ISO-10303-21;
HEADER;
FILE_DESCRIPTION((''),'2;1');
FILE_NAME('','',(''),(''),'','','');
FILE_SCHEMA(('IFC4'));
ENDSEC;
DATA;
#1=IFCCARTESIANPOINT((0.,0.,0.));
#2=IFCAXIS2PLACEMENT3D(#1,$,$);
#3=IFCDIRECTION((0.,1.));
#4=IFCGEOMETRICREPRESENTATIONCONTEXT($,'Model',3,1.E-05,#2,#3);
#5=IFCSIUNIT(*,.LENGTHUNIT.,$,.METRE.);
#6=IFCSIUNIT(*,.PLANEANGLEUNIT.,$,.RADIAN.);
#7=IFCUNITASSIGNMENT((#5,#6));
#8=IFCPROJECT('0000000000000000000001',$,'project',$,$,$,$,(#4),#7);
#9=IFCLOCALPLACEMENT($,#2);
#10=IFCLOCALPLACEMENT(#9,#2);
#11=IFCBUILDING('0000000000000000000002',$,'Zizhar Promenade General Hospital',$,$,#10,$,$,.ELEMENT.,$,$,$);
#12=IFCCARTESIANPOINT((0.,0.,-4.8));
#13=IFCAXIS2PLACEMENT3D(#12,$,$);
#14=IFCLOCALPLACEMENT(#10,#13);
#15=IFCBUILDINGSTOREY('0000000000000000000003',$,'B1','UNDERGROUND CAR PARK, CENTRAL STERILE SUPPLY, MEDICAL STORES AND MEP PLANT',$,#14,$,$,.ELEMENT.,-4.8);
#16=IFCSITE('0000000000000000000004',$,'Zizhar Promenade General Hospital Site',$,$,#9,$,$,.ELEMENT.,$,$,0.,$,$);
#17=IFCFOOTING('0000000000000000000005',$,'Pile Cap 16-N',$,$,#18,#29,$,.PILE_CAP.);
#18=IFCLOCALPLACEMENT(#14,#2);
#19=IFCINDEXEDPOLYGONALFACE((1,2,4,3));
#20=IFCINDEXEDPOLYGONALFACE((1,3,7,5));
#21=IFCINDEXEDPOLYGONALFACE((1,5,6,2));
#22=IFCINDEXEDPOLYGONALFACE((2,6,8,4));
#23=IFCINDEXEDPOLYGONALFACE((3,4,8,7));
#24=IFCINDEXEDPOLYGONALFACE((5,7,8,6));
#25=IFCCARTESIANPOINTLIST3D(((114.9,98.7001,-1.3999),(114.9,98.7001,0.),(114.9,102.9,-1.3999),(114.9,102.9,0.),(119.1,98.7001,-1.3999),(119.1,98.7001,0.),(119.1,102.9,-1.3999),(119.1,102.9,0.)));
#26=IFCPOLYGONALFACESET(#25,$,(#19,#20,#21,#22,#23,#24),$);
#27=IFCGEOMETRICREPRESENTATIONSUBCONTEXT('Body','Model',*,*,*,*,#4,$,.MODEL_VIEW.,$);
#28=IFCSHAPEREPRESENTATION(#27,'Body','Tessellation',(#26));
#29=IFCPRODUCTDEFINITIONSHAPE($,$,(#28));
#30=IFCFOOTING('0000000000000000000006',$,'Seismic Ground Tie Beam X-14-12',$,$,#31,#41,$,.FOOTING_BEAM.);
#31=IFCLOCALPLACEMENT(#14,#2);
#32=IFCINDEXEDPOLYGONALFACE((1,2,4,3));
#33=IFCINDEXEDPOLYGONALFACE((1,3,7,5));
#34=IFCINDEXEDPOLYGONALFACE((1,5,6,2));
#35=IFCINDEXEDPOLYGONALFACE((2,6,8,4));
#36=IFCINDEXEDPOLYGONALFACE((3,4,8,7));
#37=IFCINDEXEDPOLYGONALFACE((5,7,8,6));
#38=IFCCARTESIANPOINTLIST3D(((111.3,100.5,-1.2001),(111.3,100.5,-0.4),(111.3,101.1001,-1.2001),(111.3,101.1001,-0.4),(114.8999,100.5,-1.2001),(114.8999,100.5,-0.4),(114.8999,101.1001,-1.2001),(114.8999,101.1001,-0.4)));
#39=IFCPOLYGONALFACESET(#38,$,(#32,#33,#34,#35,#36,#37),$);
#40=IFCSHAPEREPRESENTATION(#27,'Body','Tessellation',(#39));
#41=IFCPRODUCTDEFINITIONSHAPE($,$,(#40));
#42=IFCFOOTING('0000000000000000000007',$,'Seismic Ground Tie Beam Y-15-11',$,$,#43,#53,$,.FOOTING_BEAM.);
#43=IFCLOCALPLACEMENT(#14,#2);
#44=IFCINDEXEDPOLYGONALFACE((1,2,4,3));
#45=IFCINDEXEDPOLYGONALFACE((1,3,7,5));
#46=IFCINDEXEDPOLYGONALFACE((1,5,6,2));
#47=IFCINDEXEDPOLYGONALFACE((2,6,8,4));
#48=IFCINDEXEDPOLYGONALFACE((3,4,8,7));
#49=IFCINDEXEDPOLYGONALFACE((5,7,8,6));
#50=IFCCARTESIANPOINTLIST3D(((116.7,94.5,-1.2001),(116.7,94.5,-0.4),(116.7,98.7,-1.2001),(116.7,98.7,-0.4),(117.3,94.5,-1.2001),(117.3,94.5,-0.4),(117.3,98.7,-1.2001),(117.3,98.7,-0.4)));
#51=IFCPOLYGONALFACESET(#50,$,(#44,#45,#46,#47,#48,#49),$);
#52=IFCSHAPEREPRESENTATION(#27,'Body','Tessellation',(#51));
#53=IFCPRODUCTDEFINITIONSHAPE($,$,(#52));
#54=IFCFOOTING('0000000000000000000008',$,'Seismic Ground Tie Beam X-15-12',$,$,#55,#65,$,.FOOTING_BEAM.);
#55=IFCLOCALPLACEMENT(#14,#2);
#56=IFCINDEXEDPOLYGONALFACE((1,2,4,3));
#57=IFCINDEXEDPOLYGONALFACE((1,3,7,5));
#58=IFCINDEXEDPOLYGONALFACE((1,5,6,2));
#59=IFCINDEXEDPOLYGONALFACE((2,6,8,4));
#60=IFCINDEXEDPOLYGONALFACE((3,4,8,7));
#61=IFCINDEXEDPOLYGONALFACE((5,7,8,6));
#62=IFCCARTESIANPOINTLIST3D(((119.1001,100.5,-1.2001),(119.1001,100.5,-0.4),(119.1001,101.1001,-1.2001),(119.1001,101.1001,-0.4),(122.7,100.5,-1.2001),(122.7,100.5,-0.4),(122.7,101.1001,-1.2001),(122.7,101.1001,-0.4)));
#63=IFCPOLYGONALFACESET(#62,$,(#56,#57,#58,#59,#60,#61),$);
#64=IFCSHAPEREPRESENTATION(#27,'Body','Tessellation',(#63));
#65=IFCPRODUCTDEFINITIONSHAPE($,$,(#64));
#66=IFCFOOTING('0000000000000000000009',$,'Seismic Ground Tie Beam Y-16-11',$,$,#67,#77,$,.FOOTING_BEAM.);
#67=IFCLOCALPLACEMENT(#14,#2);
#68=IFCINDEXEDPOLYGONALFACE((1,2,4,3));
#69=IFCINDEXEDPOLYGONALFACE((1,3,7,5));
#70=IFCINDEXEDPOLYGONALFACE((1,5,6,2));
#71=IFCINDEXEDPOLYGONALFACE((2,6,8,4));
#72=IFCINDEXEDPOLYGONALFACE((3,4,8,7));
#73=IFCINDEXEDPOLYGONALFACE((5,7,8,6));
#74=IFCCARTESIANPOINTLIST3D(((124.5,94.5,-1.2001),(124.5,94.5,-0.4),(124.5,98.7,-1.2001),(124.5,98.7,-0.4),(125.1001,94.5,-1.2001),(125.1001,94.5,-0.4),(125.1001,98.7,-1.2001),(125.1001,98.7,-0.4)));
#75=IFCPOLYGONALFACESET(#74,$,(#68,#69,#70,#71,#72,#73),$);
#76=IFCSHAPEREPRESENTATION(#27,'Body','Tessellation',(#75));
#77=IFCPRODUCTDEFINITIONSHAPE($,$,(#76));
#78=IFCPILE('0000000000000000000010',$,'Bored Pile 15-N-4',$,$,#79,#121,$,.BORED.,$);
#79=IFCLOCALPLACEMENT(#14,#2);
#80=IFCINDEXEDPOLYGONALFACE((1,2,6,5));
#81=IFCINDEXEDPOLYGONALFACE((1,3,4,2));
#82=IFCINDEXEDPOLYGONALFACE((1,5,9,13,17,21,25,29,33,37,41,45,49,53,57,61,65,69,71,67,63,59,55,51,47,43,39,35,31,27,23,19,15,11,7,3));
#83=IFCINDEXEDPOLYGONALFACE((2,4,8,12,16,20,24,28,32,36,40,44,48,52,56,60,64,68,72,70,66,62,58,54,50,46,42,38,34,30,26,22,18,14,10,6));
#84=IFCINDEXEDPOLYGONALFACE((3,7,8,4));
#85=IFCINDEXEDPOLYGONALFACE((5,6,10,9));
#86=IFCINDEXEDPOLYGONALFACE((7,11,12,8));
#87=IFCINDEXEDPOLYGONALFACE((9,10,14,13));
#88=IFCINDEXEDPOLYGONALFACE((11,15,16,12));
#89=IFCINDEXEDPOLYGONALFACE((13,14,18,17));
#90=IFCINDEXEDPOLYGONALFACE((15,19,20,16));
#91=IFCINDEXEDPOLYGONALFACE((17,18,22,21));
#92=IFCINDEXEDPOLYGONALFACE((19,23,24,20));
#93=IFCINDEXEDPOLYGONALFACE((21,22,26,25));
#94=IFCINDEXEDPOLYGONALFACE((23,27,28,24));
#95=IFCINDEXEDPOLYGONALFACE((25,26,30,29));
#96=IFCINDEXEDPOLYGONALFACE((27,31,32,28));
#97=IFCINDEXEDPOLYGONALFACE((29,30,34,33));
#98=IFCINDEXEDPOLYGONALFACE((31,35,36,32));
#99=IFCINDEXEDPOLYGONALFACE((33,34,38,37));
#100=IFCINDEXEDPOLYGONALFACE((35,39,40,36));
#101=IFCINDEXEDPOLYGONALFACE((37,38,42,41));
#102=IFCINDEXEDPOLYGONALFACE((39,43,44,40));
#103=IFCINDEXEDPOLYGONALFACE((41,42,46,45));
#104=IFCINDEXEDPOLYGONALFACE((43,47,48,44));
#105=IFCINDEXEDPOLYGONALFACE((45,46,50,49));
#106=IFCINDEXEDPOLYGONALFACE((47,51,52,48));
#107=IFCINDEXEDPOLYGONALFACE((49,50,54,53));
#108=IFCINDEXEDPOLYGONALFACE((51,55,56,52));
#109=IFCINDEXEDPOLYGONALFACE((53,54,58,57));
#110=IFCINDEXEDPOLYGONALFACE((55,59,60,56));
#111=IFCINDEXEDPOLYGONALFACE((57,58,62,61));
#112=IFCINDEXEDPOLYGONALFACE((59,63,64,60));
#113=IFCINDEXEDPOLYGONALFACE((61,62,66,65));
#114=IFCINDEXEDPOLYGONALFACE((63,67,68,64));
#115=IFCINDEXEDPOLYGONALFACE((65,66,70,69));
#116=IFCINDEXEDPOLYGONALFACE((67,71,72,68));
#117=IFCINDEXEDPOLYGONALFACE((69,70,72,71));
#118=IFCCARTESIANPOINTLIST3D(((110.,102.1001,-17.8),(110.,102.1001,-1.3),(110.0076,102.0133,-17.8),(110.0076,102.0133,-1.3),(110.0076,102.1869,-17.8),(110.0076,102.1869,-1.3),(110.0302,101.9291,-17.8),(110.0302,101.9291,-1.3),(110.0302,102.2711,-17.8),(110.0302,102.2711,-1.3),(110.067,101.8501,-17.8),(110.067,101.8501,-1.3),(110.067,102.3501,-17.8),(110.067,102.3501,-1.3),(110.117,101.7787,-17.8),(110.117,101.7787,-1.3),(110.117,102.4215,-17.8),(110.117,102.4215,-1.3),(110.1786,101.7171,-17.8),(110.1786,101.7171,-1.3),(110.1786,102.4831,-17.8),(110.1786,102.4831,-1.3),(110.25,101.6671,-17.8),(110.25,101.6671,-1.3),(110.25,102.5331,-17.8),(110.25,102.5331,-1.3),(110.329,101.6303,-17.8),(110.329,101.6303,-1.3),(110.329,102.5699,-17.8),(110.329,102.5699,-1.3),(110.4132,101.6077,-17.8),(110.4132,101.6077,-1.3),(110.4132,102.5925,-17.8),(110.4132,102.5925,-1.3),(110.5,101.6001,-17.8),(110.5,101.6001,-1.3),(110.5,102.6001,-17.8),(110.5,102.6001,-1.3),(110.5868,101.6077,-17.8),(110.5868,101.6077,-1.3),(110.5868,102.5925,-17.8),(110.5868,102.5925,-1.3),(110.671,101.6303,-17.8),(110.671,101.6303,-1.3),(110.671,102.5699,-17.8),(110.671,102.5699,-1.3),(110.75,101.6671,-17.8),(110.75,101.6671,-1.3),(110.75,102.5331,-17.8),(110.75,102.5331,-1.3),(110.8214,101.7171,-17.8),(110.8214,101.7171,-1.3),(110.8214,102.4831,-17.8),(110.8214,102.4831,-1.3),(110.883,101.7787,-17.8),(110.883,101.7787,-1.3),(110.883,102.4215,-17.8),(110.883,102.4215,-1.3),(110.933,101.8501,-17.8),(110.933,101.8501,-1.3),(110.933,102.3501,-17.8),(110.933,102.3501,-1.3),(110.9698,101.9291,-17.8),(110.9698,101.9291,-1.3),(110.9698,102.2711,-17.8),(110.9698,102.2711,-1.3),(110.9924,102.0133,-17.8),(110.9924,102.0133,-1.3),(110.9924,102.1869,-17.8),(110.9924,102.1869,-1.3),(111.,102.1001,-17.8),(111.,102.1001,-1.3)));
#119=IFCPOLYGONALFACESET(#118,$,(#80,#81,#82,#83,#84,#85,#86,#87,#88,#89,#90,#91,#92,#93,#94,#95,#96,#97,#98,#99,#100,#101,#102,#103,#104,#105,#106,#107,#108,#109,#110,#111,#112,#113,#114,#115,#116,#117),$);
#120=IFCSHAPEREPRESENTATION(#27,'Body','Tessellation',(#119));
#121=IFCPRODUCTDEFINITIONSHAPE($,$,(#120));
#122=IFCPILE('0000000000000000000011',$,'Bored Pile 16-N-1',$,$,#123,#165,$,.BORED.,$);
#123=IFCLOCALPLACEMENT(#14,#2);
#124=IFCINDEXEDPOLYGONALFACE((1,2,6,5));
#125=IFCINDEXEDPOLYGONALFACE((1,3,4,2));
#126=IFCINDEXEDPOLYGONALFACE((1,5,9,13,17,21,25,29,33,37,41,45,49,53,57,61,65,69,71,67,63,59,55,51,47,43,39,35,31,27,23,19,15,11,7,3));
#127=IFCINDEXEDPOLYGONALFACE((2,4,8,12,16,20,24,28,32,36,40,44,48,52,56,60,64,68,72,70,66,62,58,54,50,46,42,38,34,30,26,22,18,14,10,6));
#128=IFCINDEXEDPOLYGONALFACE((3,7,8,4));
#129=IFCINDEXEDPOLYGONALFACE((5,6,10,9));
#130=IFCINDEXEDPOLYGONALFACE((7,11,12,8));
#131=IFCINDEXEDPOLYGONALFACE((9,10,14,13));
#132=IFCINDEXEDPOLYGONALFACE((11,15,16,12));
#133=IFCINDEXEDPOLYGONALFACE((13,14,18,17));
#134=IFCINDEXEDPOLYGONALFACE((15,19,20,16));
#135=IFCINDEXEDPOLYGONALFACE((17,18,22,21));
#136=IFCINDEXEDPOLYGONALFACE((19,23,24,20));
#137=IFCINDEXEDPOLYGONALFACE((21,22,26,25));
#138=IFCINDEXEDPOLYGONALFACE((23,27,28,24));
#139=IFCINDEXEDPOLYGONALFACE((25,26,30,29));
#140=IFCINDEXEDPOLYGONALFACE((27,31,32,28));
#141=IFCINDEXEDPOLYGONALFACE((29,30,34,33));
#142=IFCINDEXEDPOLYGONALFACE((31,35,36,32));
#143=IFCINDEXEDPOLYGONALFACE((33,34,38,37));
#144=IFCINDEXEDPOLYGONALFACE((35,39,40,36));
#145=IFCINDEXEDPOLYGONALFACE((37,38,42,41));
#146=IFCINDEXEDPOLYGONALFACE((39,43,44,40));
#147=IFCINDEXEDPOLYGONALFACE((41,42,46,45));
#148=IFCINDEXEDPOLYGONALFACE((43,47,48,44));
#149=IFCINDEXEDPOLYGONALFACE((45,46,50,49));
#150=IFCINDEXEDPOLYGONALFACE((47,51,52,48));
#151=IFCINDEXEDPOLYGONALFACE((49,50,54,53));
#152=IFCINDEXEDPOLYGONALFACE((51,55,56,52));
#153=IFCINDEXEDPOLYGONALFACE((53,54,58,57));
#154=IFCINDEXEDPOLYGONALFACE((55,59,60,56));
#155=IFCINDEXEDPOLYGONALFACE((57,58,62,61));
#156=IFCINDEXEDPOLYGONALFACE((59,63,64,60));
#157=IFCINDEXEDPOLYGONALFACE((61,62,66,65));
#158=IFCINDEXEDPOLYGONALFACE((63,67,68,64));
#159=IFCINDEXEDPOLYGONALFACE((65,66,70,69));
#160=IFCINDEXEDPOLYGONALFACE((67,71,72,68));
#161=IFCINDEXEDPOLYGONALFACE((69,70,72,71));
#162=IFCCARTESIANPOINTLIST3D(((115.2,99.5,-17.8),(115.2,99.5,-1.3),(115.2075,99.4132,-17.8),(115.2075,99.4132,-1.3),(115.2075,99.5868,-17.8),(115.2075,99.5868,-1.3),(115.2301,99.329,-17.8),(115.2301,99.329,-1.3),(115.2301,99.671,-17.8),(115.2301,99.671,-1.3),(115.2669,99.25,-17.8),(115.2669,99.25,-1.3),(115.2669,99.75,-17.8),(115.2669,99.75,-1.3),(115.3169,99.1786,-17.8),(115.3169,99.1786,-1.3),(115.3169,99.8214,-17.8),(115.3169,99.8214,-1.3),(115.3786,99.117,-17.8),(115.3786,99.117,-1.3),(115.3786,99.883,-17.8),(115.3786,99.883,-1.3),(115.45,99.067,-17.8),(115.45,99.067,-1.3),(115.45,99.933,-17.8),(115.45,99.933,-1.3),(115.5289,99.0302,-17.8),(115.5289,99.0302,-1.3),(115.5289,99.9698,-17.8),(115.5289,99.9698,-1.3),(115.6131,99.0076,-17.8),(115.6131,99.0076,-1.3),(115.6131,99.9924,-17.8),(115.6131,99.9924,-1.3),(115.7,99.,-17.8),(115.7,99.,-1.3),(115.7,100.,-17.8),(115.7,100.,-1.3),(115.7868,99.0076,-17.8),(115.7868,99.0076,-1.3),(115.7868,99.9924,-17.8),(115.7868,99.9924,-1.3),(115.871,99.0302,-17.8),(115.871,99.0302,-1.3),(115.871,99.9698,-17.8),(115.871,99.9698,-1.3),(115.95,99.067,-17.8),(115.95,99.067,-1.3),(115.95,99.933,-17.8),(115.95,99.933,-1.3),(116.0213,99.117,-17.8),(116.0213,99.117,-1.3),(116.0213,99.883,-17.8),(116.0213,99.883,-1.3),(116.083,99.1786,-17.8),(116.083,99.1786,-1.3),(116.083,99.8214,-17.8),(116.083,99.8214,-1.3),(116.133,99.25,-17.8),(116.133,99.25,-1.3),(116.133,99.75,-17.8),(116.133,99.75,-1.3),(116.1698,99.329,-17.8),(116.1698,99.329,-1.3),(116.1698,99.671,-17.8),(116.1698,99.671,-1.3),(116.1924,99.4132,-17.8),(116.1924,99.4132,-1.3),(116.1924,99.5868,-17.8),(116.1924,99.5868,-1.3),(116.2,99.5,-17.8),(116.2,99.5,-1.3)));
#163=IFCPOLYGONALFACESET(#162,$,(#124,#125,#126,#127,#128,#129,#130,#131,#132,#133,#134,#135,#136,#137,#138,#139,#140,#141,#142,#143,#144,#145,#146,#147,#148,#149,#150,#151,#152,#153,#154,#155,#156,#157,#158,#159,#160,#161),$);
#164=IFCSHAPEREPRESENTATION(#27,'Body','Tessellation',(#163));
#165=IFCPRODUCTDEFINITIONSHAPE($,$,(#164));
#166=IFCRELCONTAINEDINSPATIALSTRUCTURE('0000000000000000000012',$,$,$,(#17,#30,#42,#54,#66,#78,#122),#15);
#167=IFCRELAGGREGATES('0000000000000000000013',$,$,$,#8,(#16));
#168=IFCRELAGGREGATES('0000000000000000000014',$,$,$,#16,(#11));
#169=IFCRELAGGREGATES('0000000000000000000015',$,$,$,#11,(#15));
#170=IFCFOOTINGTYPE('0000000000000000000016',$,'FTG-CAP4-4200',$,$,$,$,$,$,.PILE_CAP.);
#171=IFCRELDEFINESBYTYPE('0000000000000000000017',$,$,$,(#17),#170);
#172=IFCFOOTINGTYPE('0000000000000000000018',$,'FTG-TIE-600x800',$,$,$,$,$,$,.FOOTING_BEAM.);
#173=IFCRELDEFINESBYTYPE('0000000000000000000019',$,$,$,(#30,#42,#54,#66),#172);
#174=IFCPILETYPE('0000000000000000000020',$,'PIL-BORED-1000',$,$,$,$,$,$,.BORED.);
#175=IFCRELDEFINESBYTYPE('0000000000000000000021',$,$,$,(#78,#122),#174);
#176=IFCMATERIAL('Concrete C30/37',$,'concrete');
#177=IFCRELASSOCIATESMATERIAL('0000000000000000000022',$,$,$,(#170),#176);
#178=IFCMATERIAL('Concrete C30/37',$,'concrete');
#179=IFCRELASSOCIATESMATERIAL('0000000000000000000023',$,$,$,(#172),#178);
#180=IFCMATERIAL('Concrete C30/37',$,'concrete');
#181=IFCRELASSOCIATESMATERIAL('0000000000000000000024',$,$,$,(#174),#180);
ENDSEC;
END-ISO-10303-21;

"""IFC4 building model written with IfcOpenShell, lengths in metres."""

from ifc_helpers import new_model, si_unit, direction, frame, origin, origin_2d, place, context, subcontext, project, spatial, rectangle, circle, extrude, material, material_profile, profile_set, type_object, element, save


model = new_model("IFC4")

# Units and contexts
model_context = context("Model", 3, precision=1e-05, world=origin(), true_north=direction((0.0, 1.0)))
body_context = subcontext(model_context, "Body", "Model", "MODEL_VIEW")
ifc_project = project(units=[si_unit("LENGTHUNIT", "METRE"), si_unit("PLANEANGLEUNIT", "RADIAN")], contexts=[model_context])

# Site, building, storey
site_placement = place(None, origin())
site = spatial("IfcSite", under=ifc_project, at=site_placement, Name="Zizhar Promenade General Hospital Site", CompositionType="ELEMENT", RefElevation=0.0)
building_placement = place(site_placement, origin())
building = spatial("IfcBuilding", under=site, at=building_placement, Name="Zizhar Promenade General Hospital", CompositionType="ELEMENT")
storey_placement = place(building_placement, frame((0.0, 0.0, -4.8)))
storey = spatial("IfcBuildingStorey", under=building, at=storey_placement, Name="B1", Description="UNDERGROUND CAR PARK, CENTRAL STERILE SUPPLY, MEDICAL STORES AND MEP PLANT", CompositionType="ELEMENT", Elevation=-4.8)

# Footings
ifc_material_1 = material(Name="Concrete C30/37", Category="concrete")
footing_type_1 = type_object("IfcFootingType", Name="FTG-CAP4-4200", PredefinedType="PILE_CAP", material=ifc_material_1)
footing_1_placement = place(storey_placement, frame((117.0, 100.8, -1.3999), z_axis=(0.0, 0.0, 1.0), x_axis=(1.0, 0.0, 0.0)))
element("IfcFooting", 1, at=footing_1_placement, inside=storey, type_object=footing_type_1, Name="Pile Cap 16-N", PredefinedType="PILE_CAP", context=body_context, shape_type="SweptSolid", body=[
    extrude(rectangle(XDim=4.2, YDim=4.2, at=origin_2d()), origin(), (0.0, 0.0, 1.0), 1.3999),
])
ifc_material_2 = material(Name="Concrete C30/37", Category="concrete")
ifc_material_profile_1 = material_profile(ifc_material_2, rectangle(XDim=0.6001, YDim=0.8, at=origin_2d()))
ifc_profile_set_1 = profile_set([ifc_material_profile_1], Name="Concrete C30/37")
footing_type_2 = type_object("IfcFootingType", Name="FTG-TIE-600x800", PredefinedType="FOOTING_BEAM", material=ifc_profile_set_1)
footing_2_placement = place(storey_placement, frame((111.3, 100.8, -0.8), z_axis=(1.0, 0.0, 0.0), x_axis=(0.0, 1.0, 0.0)))
element("IfcFooting", 2, at=footing_2_placement, inside=storey, type_object=footing_type_2, Name="Seismic Ground Tie Beam X-14-12", PredefinedType="FOOTING_BEAM", context=body_context, shape_type="SweptSolid", body=[
    extrude(rectangle(XDim=0.6001, YDim=0.8, at=origin_2d()), origin(), (0.0, 0.0, 1.0), 3.5999),
])
footing_3_placement = place(storey_placement, frame((117.0, 94.5, -0.8), z_axis=(0.0, 1.0, 0.0), x_axis=(-1.0, 0.0, 0.0)))
element("IfcFooting", 3, at=footing_3_placement, inside=storey, type_object=footing_type_2, Name="Seismic Ground Tie Beam Y-15-11", PredefinedType="FOOTING_BEAM", context=body_context, shape_type="SweptSolid", body=[
    extrude(rectangle(XDim=0.6001, YDim=0.8, at=origin_2d()), origin(), (0.0, 0.0, 1.0), 4.2),
])
footing_4_placement = place(storey_placement, frame((119.1001, 100.8, -0.8), z_axis=(1.0, 0.0, 0.0), x_axis=(0.0, 1.0, 0.0)))
element("IfcFooting", 4, at=footing_4_placement, inside=storey, type_object=footing_type_2, Name="Seismic Ground Tie Beam X-15-12", PredefinedType="FOOTING_BEAM", context=body_context, shape_type="SweptSolid", body=[
    extrude(rectangle(XDim=0.6001, YDim=0.8, at=origin_2d()), origin(), (0.0, 0.0, 1.0), 3.5999),
])
footing_5_placement = place(storey_placement, frame((124.8, 94.5, -0.8), z_axis=(0.0, 1.0, 0.0), x_axis=(-1.0, 0.0, 0.0)))
element("IfcFooting", 5, at=footing_5_placement, inside=storey, type_object=footing_type_2, Name="Seismic Ground Tie Beam Y-16-11", PredefinedType="FOOTING_BEAM", context=body_context, shape_type="SweptSolid", body=[
    extrude(rectangle(XDim=0.6001, YDim=0.8, at=origin_2d()), origin(), (0.0, 0.0, 1.0), 4.2),
])

# Piles
ifc_material_3 = material(Name="Concrete C30/37", Category="concrete")
ifc_material_profile_2 = material_profile(ifc_material_3, circle(Radius=0.5, at=origin_2d()))
ifc_profile_set_2 = profile_set([ifc_material_profile_2], Name="Concrete C30/37")
pile_type = type_object("IfcPileType", Name="PIL-BORED-1000", PredefinedType="BORED", material=ifc_profile_set_2)
for number, where, z_axis, x_axis, name in (
    (6, (110.5, 102.1001, -1.3), (0.0, 0.0, -1.0), (1.0, 0.0, 0.0), "Bored Pile 15-N-4"),
    (7, (115.7, 99.5, -1.3), (0.0, 0.0, -1.0), (1.0, 0.0, 0.0), "Bored Pile 16-N-1"),
):
    element("IfcPile", number, at=place(storey_placement, frame(where, z_axis=z_axis, x_axis=x_axis)), inside=storey, type_object=pile_type, Name=name, PredefinedType="BORED", context=body_context, shape_type="SweptSolid", body=[
        extrude(circle(Radius=0.5, at=origin_2d()), origin(), (0.0, 0.0, 1.0), 16.5),
    ])

save(model, "model.ifc")
